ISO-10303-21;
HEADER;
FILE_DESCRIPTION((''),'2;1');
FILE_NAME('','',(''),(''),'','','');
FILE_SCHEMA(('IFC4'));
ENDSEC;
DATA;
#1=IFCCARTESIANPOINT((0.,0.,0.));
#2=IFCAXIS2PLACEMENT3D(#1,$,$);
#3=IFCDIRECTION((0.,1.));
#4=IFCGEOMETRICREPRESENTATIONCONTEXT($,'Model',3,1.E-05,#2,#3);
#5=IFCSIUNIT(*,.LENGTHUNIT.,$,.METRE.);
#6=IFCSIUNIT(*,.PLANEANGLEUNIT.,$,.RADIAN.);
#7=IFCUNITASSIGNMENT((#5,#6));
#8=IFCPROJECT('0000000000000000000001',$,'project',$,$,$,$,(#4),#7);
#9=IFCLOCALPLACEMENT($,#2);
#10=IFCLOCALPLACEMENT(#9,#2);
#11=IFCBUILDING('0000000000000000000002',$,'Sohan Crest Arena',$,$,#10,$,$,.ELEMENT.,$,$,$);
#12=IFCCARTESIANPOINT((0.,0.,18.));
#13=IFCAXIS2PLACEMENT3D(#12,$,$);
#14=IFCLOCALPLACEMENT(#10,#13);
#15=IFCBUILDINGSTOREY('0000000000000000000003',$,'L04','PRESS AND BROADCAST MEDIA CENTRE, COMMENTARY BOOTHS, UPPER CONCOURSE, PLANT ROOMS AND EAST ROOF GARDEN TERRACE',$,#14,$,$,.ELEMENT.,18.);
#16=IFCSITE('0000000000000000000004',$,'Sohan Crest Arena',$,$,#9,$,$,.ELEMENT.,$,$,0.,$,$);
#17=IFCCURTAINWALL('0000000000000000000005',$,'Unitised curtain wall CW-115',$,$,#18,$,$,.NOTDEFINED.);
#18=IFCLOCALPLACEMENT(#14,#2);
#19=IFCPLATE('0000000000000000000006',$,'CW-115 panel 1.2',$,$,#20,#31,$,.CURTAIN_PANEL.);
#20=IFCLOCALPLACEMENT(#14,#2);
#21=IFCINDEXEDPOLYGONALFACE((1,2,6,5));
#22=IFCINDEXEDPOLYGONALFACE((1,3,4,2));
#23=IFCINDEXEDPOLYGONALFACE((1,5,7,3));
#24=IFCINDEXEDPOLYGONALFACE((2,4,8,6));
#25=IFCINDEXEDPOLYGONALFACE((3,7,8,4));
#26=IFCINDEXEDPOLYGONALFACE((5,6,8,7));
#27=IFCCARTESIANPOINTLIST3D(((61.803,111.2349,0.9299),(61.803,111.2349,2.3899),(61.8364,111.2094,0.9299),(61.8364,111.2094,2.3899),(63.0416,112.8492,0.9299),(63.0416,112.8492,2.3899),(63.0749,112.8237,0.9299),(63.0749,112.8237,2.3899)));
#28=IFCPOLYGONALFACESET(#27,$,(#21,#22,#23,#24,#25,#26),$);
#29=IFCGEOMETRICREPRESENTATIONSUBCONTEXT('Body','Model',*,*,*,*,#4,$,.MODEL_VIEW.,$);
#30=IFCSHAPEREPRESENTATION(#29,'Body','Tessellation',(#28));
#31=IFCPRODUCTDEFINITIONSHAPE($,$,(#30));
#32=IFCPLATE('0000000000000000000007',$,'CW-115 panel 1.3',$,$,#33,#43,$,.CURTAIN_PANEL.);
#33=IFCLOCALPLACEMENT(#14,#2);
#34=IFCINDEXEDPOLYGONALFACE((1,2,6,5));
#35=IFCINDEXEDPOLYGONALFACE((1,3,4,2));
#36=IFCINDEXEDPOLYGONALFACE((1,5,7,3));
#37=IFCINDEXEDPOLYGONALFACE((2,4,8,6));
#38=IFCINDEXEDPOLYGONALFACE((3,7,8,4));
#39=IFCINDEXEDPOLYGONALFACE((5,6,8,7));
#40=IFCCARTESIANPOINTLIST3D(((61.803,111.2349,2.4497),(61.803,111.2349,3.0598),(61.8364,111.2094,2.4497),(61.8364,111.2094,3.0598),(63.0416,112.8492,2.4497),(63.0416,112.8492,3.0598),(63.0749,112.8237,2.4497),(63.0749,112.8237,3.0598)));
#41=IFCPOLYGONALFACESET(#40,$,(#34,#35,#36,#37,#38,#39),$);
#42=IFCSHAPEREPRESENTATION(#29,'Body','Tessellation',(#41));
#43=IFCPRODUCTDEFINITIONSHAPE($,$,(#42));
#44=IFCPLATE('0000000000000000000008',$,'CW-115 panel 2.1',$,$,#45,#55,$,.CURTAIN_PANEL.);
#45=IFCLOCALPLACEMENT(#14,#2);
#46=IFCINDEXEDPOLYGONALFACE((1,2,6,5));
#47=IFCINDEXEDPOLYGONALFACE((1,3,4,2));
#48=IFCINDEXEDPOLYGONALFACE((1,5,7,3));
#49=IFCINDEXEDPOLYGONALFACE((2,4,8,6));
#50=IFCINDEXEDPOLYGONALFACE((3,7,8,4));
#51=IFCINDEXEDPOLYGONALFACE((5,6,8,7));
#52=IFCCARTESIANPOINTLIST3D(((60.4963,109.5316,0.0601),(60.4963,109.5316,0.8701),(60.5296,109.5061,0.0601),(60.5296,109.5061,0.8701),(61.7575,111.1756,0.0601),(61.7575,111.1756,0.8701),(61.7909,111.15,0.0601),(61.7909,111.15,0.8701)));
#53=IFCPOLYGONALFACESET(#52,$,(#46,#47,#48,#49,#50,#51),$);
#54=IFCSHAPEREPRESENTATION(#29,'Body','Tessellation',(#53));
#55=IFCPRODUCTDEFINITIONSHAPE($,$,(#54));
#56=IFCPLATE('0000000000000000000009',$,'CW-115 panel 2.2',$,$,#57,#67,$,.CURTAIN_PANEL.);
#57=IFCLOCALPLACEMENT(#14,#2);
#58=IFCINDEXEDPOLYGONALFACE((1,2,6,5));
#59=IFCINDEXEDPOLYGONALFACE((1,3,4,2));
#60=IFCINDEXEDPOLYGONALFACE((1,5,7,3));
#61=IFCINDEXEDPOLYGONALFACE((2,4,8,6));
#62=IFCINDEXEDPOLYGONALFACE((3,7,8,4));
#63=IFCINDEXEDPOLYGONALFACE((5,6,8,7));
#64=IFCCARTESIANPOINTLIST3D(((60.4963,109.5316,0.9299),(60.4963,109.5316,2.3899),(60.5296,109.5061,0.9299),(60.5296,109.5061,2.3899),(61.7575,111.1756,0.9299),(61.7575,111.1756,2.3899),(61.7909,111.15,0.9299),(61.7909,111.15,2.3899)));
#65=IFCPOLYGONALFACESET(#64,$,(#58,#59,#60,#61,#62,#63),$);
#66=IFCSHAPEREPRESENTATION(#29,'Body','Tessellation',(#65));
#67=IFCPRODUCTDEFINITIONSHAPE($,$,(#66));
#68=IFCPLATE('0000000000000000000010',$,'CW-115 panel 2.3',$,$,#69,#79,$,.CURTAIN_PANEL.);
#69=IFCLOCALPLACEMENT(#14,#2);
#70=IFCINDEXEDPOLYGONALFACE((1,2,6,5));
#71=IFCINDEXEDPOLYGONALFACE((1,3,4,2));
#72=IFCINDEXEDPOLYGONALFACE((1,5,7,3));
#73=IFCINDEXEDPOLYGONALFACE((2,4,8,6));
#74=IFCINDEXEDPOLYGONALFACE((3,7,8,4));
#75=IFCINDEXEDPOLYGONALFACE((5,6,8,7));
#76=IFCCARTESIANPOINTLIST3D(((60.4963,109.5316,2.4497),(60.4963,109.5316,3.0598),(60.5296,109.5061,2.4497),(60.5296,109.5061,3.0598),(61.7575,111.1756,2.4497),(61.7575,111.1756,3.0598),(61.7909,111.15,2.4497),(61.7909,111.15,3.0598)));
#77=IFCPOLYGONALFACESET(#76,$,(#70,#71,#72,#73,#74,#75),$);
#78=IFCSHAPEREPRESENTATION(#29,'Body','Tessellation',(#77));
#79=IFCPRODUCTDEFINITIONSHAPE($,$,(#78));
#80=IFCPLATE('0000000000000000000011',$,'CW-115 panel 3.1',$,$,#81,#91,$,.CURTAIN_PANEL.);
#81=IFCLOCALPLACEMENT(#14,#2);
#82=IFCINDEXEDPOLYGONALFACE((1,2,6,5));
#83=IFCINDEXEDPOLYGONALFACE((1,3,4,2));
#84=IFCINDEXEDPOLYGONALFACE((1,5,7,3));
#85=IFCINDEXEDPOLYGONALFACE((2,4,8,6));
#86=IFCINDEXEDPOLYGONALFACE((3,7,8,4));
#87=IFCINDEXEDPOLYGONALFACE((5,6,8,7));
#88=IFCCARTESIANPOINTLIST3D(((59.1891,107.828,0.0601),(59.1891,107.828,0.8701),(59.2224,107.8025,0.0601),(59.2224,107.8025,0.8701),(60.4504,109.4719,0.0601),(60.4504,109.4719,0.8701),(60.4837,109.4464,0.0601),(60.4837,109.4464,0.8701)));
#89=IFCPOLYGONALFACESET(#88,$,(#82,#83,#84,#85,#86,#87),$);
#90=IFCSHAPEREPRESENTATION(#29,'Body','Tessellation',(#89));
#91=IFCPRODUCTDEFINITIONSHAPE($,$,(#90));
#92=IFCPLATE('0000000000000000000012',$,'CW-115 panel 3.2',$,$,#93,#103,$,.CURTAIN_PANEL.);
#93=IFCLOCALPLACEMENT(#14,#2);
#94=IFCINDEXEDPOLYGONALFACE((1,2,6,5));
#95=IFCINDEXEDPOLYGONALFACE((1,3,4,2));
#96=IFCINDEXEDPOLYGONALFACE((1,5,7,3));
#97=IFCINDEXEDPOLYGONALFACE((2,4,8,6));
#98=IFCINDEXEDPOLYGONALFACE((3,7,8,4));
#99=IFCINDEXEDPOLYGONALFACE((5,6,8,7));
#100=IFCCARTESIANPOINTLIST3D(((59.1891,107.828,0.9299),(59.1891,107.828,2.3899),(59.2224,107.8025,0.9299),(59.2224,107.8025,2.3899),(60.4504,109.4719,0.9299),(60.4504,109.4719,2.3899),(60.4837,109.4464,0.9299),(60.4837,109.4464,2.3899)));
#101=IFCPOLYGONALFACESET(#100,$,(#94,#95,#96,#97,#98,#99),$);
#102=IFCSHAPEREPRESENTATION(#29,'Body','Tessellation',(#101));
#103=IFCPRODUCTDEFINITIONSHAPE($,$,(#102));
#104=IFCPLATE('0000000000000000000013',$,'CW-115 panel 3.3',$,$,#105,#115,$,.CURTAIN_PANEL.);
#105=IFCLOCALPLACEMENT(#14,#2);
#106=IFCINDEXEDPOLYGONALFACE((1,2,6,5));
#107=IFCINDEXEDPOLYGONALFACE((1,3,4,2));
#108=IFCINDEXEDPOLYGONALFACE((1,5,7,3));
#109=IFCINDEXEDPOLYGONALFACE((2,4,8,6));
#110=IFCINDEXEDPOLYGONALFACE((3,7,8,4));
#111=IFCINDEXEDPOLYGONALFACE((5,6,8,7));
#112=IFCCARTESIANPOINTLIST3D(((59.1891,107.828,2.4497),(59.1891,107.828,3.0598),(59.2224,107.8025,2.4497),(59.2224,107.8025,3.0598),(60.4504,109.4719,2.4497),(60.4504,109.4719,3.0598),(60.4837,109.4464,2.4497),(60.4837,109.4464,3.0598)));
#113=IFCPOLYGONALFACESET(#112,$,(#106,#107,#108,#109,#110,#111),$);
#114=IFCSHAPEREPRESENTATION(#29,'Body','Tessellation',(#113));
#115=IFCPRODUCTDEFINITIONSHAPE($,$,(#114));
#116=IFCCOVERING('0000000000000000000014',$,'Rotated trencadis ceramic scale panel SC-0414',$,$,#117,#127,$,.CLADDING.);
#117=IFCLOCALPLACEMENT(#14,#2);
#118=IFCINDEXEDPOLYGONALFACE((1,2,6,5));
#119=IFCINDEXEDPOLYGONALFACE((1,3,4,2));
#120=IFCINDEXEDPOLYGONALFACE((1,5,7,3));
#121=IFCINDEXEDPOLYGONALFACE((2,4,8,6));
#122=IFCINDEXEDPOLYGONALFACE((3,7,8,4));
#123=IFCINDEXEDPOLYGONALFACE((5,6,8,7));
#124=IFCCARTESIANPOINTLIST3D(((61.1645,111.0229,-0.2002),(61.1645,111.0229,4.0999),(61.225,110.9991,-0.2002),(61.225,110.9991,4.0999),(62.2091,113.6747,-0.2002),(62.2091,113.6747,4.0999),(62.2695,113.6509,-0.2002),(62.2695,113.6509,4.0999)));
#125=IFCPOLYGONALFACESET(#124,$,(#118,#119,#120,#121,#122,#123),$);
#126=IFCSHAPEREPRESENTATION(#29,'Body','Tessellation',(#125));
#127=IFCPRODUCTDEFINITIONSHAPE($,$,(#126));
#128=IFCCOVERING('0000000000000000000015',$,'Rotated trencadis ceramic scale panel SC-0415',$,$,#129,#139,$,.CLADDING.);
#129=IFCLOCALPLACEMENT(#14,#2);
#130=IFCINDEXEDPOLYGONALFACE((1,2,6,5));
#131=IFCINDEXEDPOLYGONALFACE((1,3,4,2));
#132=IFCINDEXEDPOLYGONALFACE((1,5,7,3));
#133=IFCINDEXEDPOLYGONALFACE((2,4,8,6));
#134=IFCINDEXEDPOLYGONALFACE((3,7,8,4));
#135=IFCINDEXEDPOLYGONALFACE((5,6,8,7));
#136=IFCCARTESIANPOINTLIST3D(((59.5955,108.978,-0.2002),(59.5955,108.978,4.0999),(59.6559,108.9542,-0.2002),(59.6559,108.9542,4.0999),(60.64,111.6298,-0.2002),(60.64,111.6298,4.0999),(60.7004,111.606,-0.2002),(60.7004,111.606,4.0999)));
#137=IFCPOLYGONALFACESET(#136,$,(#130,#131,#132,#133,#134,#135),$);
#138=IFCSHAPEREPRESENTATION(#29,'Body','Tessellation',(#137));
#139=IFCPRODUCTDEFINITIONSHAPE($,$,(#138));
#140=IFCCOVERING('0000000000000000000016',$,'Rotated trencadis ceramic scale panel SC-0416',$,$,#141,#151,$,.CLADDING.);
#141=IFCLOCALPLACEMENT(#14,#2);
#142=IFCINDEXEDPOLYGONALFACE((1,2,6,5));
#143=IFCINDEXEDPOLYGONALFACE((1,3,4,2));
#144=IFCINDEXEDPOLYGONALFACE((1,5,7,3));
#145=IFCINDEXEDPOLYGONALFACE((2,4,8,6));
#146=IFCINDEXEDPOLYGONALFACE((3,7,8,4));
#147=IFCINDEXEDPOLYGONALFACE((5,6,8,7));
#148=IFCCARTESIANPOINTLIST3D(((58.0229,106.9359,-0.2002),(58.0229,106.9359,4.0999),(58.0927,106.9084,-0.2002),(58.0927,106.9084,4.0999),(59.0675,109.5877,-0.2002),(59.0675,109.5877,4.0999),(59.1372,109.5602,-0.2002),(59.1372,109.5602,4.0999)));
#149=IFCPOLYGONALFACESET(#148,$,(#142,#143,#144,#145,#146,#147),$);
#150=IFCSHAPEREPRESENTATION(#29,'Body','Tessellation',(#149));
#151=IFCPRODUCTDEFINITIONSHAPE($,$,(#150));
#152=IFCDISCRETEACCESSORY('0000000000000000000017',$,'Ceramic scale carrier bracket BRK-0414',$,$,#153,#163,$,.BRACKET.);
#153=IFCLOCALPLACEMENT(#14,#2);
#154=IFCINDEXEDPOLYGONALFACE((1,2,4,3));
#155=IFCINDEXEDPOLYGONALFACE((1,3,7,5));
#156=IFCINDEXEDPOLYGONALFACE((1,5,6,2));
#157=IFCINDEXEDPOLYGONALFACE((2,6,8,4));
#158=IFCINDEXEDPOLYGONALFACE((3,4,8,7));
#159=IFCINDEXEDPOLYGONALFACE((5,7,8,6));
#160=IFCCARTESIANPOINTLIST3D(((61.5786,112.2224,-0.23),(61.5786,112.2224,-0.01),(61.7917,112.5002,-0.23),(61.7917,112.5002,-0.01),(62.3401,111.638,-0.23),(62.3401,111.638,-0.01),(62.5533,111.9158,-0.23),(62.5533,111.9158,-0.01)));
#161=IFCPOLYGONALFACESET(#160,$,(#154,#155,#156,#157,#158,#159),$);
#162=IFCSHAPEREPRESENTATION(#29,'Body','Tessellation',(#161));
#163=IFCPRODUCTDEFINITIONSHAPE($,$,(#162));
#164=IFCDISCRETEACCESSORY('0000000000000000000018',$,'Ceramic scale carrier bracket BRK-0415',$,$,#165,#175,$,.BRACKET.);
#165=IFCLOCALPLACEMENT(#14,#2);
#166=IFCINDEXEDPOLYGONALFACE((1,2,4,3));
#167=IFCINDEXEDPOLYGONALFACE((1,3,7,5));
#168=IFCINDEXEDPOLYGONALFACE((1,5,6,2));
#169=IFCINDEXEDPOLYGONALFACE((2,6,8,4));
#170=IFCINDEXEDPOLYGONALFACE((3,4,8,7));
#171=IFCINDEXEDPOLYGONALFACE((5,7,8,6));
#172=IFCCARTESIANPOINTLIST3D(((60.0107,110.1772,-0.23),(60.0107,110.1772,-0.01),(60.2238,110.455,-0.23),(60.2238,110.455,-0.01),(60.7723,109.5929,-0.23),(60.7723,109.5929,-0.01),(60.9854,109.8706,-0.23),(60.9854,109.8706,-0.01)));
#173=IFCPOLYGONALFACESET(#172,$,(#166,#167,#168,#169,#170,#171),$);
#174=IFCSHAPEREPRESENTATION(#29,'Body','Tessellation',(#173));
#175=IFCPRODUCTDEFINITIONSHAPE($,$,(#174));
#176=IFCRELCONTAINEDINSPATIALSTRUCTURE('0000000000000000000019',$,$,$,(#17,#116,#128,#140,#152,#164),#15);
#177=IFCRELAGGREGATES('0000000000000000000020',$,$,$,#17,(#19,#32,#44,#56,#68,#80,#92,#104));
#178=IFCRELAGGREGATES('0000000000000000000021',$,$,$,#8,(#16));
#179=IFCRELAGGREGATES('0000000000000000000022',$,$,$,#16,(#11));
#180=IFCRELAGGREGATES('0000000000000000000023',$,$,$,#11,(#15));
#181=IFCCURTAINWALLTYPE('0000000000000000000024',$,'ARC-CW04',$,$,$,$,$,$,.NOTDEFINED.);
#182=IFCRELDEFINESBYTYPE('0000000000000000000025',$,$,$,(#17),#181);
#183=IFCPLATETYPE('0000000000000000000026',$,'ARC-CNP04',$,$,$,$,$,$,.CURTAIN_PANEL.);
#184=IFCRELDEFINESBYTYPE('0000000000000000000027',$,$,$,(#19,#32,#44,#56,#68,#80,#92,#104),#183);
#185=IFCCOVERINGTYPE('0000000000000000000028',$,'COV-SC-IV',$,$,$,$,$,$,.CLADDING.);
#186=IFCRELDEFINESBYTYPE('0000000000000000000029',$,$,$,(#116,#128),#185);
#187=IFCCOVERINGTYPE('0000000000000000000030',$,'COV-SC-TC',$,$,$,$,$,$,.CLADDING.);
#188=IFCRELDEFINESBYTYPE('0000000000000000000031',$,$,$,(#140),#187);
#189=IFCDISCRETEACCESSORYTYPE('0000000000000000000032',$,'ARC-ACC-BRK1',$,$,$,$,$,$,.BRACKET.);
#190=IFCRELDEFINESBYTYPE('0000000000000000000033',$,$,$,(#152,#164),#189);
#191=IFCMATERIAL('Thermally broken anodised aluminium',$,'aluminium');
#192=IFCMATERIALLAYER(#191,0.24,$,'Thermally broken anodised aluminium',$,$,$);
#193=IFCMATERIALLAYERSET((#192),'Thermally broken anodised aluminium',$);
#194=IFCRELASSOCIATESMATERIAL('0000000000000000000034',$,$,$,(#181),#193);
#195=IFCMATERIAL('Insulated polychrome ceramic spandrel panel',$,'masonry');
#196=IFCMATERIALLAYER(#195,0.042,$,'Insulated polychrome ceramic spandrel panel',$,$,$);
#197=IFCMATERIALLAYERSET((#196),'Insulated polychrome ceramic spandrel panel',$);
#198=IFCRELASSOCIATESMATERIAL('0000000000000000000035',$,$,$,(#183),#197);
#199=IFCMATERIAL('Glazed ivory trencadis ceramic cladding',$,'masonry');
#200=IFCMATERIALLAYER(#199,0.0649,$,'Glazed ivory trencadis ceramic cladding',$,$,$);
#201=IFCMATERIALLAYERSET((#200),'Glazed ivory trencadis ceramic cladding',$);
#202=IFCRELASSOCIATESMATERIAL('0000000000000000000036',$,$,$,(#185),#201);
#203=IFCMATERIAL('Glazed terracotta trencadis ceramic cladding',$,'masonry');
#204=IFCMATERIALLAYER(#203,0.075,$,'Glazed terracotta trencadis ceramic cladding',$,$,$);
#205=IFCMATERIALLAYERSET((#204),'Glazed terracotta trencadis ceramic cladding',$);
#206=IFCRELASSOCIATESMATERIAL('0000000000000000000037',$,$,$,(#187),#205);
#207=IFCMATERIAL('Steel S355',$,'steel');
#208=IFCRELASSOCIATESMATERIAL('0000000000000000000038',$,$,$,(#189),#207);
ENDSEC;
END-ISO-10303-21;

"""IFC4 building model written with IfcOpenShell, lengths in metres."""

from ifc_helpers import new_model, si_unit, direction, frame, origin, origin_2d, place, context, subcontext, project, spatial, rectangle, extrude, material, layer, layer_set, type_object, element, aggregate, save


model = new_model("IFC4")

# Units and contexts
model_context = context("Model", 3, precision=1e-05, world=origin(), true_north=direction((0.0, 1.0)))
body_context = subcontext(model_context, "Body", "Model", "MODEL_VIEW")
ifc_project = project(units=[si_unit("LENGTHUNIT", "METRE"), si_unit("PLANEANGLEUNIT", "RADIAN")], contexts=[model_context])

# Site, building, storey
site_placement = place(None, origin())
site = spatial("IfcSite", under=ifc_project, at=site_placement, Name="Sohan Crest Arena", CompositionType="ELEMENT", RefElevation=0.0)
building_placement = place(site_placement, origin())
building = spatial("IfcBuilding", under=site, at=building_placement, Name="Sohan Crest Arena", CompositionType="ELEMENT")
storey_placement = place(building_placement, frame((0.0, 0.0, 18.0)))
storey = spatial("IfcBuildingStorey", under=building, at=storey_placement, Name="L04", Description="PRESS AND BROADCAST MEDIA CENTRE, COMMENTARY BOOTHS, UPPER CONCOURSE, PLANT ROOMS AND EAST ROOF GARDEN TERRACE", CompositionType="ELEMENT", Elevation=18.0)

# Shared definitions
ifc_material_1 = material(Name="Steel S355", Category="steel")

# Curtain wall
ifc_material_2 = material(Name="Thermally broken anodised aluminium", Category="aluminium")
ifc_layer_1 = layer(ifc_material_2, 0.24, Name="Thermally broken anodised aluminium")
ifc_layer_set_1 = layer_set([ifc_layer_1], Name="Thermally broken anodised aluminium")
curtain_wall_type = type_object("IfcCurtainWallType", Name="ARC-CW04", PredefinedType="NOTDEFINED", material=ifc_layer_set_1)
curtain_wall_placement = place(storey_placement, origin())
curtain_wall = element("IfcCurtainWall", 1, at=curtain_wall_placement, inside=storey, type_object=curtain_wall_type, Name="Unitised curtain wall CW-115", PredefinedType="NOTDEFINED")

# Plates
ifc_material_3 = material(Name="Insulated polychrome ceramic spandrel panel", Category="masonry")
ifc_layer_2 = layer(ifc_material_3, 0.042, Name="Insulated polychrome ceramic spandrel panel")
ifc_layer_set_2 = layer_set([ifc_layer_2], Name="Insulated polychrome ceramic spandrel panel")
plate_type = type_object("IfcPlateType", Name="ARC-CNP04", PredefinedType="CURTAIN_PANEL", material=ifc_layer_set_2)
plate_1_placement = place(storey_placement, frame((62.439, 112.0293, 0.9299), z_axis=(0.0, 0.0, 1.0), x_axis=(-0.60872, -0.793385, 0.0)))
plate_1 = element("IfcPlate", 2, at=plate_1_placement, type_object=plate_type, Name="CW-115 panel 1.2", PredefinedType="CURTAIN_PANEL", context=body_context, shape_type="SweptSolid", body=[
    extrude(rectangle(XDim=2.0347, YDim=0.042, at=origin_2d()), origin(), (0.0, 0.0, 1.0), 1.46),
])
plate_2_placement = place(storey_placement, frame((62.439, 112.0293, 2.4497), z_axis=(0.0, 0.0, 1.0), x_axis=(-0.60872, -0.793385, 0.0)))
plate_2 = element("IfcPlate", 3, at=plate_2_placement, type_object=plate_type, Name="CW-115 panel 1.3", PredefinedType="CURTAIN_PANEL", context=body_context, shape_type="SweptSolid", body=[
    extrude(rectangle(XDim=2.0347, YDim=0.042, at=origin_2d()), origin(), (0.0, 0.0, 1.0), 0.6101),
])
plate_3_placement = place(storey_placement, frame((61.1436, 110.3408, 0.0601), z_axis=(0.0, 0.0, 1.0), x_axis=(-0.60872, -0.793385, 0.0)))
plate_3 = element("IfcPlate", 4, at=plate_3_placement, type_object=plate_type, Name="CW-115 panel 2.1", PredefinedType="CURTAIN_PANEL", context=body_context, shape_type="SweptSolid", body=[
    extrude(rectangle(XDim=2.072, YDim=0.042, at=origin_2d()), origin(), (0.0, 0.0, 1.0), 0.8101),
])
plate_4_placement = place(storey_placement, frame((61.1436, 110.3408, 0.9299), z_axis=(0.0, 0.0, 1.0), x_axis=(-0.60872, -0.793385, 0.0)))
plate_4 = element("IfcPlate", 5, at=plate_4_placement, type_object=plate_type, Name="CW-115 panel 2.2", PredefinedType="CURTAIN_PANEL", context=body_context, shape_type="SweptSolid", body=[
    extrude(rectangle(XDim=2.072, YDim=0.042, at=origin_2d()), origin(), (0.0, 0.0, 1.0), 1.46),
])
plate_5_placement = place(storey_placement, frame((61.1436, 110.3408, 2.4497), z_axis=(0.0, 0.0, 1.0), x_axis=(-0.60872, -0.793385, 0.0)))
plate_5 = element("IfcPlate", 6, at=plate_5_placement, type_object=plate_type, Name="CW-115 panel 2.3", PredefinedType="CURTAIN_PANEL", context=body_context, shape_type="SweptSolid", body=[
    extrude(rectangle(XDim=2.072, YDim=0.042, at=origin_2d()), origin(), (0.0, 0.0, 1.0), 0.6101),
])
plate_6_placement = place(storey_placement, frame((59.8364, 108.6372, 0.0601), z_axis=(0.0, 0.0, 1.0), x_axis=(-0.60872, -0.793385, 0.0)))
plate_6 = element("IfcPlate", 7, at=plate_6_placement, type_object=plate_type, Name="CW-115 panel 3.1", PredefinedType="CURTAIN_PANEL", context=body_context, shape_type="SweptSolid", body=[
    extrude(rectangle(XDim=2.072, YDim=0.042, at=origin_2d()), origin(), (0.0, 0.0, 1.0), 0.8101),
])
plate_7_placement = place(storey_placement, frame((59.8364, 108.6372, 0.9299), z_axis=(0.0, 0.0, 1.0), x_axis=(-0.60872, -0.793385, 0.0)))
plate_7 = element("IfcPlate", 8, at=plate_7_placement, type_object=plate_type, Name="CW-115 panel 3.2", PredefinedType="CURTAIN_PANEL", context=body_context, shape_type="SweptSolid", body=[
    extrude(rectangle(XDim=2.072, YDim=0.042, at=origin_2d()), origin(), (0.0, 0.0, 1.0), 1.46),
])
plate_8_placement = place(storey_placement, frame((59.8364, 108.6372, 2.4497), z_axis=(0.0, 0.0, 1.0), x_axis=(-0.60872, -0.793385, 0.0)))
plate_8 = element("IfcPlate", 9, at=plate_8_placement, type_object=plate_type, Name="CW-115 panel 3.3", PredefinedType="CURTAIN_PANEL", context=body_context, shape_type="SweptSolid", body=[
    extrude(rectangle(XDim=2.072, YDim=0.042, at=origin_2d()), origin(), (0.0, 0.0, 1.0), 0.6101),
])
aggregate(curtain_wall, [plate_1, plate_2, plate_3, plate_4, plate_5, plate_6, plate_7, plate_8])

# Coverings
ifc_material_4 = material(Name="Glazed ivory trencadis ceramic cladding", Category="masonry")
ifc_layer_3 = layer(ifc_material_4, 0.0649, Name="Glazed ivory trencadis ceramic cladding")
ifc_layer_set_3 = layer_set([ifc_layer_3], Name="Glazed ivory trencadis ceramic cladding")
covering_type_1 = type_object("IfcCoveringType", Name="COV-SC-IV", PredefinedType="CLADDING", material=ifc_layer_set_3)
for number, where, z_axis, x_axis, name in (
    (10, (61.717, 112.3369, -0.2002), (0.0, 0.0, 1.0), (-0.366501, -0.930418, 0.0), "Rotated trencadis ceramic scale panel SC-0414"),
    (11, (60.1479, 110.292, -0.2002), (0.0, 0.0, 1.0), (-0.366501, -0.930418, 0.0), "Rotated trencadis ceramic scale panel SC-0415"),
):
    element("IfcCovering", number, at=place(storey_placement, frame(where, z_axis=z_axis, x_axis=x_axis)), inside=storey, type_object=covering_type_1, Name=name, PredefinedType="CLADDING", context=body_context, shape_type="SweptSolid", body=[
        extrude(rectangle(XDim=2.8501, YDim=0.0649, at=origin_2d()), origin(), (0.0, 0.0, 1.0), 4.3),
    ])
ifc_material_5 = material(Name="Glazed terracotta trencadis ceramic cladding", Category="masonry")
ifc_layer_4 = layer(ifc_material_5, 0.075, Name="Glazed terracotta trencadis ceramic cladding")
ifc_layer_set_4 = layer_set([ifc_layer_4], Name="Glazed terracotta trencadis ceramic cladding")
covering_type_2 = type_object("IfcCoveringType", Name="COV-SC-TC", PredefinedType="CLADDING", material=ifc_layer_set_4)
covering_placement = place(storey_placement, frame((58.5801, 108.248, -0.2002), z_axis=(0.0, 0.0, 1.0), x_axis=(-0.366501, -0.930418, 0.0)))
element("IfcCovering", 12, at=covering_placement, inside=storey, type_object=covering_type_2, Name="Rotated trencadis ceramic scale panel SC-0416", PredefinedType="CLADDING", context=body_context, shape_type="SweptSolid", body=[
    extrude(rectangle(XDim=2.8501, YDim=0.075, at=origin_2d()), origin(), (0.0, 0.0, 1.0), 4.3),
])

# Discrete accessories
discrete_accessory_type = type_object("IfcDiscreteAccessoryType", Name="ARC-ACC-BRK1", PredefinedType="BRACKET", material=ifc_material_1)
for number, where, z_axis, x_axis, name in (
    (13, (62.0659, 112.0691, -0.23), (0.0, 0.0, 1.0), (-0.608761, -0.793353, 0.0), "Ceramic scale carrier bracket BRK-0414"),
    (14, (60.498, 110.0239, -0.23), (0.0, 0.0, 1.0), (-0.608761, -0.793353, 0.0), "Ceramic scale carrier bracket BRK-0415"),
):
    element("IfcDiscreteAccessory", number, at=place(storey_placement, frame(where, z_axis=z_axis, x_axis=x_axis)), inside=storey, type_object=discrete_accessory_type, Name=name, PredefinedType="BRACKET", context=body_context, shape_type="SweptSolid", body=[
        extrude(rectangle(XDim=0.3501, YDim=0.96, at=origin_2d()), origin(), (0.0, 0.0, 1.0), 0.22),
    ])

save(model, "model.ifc")
